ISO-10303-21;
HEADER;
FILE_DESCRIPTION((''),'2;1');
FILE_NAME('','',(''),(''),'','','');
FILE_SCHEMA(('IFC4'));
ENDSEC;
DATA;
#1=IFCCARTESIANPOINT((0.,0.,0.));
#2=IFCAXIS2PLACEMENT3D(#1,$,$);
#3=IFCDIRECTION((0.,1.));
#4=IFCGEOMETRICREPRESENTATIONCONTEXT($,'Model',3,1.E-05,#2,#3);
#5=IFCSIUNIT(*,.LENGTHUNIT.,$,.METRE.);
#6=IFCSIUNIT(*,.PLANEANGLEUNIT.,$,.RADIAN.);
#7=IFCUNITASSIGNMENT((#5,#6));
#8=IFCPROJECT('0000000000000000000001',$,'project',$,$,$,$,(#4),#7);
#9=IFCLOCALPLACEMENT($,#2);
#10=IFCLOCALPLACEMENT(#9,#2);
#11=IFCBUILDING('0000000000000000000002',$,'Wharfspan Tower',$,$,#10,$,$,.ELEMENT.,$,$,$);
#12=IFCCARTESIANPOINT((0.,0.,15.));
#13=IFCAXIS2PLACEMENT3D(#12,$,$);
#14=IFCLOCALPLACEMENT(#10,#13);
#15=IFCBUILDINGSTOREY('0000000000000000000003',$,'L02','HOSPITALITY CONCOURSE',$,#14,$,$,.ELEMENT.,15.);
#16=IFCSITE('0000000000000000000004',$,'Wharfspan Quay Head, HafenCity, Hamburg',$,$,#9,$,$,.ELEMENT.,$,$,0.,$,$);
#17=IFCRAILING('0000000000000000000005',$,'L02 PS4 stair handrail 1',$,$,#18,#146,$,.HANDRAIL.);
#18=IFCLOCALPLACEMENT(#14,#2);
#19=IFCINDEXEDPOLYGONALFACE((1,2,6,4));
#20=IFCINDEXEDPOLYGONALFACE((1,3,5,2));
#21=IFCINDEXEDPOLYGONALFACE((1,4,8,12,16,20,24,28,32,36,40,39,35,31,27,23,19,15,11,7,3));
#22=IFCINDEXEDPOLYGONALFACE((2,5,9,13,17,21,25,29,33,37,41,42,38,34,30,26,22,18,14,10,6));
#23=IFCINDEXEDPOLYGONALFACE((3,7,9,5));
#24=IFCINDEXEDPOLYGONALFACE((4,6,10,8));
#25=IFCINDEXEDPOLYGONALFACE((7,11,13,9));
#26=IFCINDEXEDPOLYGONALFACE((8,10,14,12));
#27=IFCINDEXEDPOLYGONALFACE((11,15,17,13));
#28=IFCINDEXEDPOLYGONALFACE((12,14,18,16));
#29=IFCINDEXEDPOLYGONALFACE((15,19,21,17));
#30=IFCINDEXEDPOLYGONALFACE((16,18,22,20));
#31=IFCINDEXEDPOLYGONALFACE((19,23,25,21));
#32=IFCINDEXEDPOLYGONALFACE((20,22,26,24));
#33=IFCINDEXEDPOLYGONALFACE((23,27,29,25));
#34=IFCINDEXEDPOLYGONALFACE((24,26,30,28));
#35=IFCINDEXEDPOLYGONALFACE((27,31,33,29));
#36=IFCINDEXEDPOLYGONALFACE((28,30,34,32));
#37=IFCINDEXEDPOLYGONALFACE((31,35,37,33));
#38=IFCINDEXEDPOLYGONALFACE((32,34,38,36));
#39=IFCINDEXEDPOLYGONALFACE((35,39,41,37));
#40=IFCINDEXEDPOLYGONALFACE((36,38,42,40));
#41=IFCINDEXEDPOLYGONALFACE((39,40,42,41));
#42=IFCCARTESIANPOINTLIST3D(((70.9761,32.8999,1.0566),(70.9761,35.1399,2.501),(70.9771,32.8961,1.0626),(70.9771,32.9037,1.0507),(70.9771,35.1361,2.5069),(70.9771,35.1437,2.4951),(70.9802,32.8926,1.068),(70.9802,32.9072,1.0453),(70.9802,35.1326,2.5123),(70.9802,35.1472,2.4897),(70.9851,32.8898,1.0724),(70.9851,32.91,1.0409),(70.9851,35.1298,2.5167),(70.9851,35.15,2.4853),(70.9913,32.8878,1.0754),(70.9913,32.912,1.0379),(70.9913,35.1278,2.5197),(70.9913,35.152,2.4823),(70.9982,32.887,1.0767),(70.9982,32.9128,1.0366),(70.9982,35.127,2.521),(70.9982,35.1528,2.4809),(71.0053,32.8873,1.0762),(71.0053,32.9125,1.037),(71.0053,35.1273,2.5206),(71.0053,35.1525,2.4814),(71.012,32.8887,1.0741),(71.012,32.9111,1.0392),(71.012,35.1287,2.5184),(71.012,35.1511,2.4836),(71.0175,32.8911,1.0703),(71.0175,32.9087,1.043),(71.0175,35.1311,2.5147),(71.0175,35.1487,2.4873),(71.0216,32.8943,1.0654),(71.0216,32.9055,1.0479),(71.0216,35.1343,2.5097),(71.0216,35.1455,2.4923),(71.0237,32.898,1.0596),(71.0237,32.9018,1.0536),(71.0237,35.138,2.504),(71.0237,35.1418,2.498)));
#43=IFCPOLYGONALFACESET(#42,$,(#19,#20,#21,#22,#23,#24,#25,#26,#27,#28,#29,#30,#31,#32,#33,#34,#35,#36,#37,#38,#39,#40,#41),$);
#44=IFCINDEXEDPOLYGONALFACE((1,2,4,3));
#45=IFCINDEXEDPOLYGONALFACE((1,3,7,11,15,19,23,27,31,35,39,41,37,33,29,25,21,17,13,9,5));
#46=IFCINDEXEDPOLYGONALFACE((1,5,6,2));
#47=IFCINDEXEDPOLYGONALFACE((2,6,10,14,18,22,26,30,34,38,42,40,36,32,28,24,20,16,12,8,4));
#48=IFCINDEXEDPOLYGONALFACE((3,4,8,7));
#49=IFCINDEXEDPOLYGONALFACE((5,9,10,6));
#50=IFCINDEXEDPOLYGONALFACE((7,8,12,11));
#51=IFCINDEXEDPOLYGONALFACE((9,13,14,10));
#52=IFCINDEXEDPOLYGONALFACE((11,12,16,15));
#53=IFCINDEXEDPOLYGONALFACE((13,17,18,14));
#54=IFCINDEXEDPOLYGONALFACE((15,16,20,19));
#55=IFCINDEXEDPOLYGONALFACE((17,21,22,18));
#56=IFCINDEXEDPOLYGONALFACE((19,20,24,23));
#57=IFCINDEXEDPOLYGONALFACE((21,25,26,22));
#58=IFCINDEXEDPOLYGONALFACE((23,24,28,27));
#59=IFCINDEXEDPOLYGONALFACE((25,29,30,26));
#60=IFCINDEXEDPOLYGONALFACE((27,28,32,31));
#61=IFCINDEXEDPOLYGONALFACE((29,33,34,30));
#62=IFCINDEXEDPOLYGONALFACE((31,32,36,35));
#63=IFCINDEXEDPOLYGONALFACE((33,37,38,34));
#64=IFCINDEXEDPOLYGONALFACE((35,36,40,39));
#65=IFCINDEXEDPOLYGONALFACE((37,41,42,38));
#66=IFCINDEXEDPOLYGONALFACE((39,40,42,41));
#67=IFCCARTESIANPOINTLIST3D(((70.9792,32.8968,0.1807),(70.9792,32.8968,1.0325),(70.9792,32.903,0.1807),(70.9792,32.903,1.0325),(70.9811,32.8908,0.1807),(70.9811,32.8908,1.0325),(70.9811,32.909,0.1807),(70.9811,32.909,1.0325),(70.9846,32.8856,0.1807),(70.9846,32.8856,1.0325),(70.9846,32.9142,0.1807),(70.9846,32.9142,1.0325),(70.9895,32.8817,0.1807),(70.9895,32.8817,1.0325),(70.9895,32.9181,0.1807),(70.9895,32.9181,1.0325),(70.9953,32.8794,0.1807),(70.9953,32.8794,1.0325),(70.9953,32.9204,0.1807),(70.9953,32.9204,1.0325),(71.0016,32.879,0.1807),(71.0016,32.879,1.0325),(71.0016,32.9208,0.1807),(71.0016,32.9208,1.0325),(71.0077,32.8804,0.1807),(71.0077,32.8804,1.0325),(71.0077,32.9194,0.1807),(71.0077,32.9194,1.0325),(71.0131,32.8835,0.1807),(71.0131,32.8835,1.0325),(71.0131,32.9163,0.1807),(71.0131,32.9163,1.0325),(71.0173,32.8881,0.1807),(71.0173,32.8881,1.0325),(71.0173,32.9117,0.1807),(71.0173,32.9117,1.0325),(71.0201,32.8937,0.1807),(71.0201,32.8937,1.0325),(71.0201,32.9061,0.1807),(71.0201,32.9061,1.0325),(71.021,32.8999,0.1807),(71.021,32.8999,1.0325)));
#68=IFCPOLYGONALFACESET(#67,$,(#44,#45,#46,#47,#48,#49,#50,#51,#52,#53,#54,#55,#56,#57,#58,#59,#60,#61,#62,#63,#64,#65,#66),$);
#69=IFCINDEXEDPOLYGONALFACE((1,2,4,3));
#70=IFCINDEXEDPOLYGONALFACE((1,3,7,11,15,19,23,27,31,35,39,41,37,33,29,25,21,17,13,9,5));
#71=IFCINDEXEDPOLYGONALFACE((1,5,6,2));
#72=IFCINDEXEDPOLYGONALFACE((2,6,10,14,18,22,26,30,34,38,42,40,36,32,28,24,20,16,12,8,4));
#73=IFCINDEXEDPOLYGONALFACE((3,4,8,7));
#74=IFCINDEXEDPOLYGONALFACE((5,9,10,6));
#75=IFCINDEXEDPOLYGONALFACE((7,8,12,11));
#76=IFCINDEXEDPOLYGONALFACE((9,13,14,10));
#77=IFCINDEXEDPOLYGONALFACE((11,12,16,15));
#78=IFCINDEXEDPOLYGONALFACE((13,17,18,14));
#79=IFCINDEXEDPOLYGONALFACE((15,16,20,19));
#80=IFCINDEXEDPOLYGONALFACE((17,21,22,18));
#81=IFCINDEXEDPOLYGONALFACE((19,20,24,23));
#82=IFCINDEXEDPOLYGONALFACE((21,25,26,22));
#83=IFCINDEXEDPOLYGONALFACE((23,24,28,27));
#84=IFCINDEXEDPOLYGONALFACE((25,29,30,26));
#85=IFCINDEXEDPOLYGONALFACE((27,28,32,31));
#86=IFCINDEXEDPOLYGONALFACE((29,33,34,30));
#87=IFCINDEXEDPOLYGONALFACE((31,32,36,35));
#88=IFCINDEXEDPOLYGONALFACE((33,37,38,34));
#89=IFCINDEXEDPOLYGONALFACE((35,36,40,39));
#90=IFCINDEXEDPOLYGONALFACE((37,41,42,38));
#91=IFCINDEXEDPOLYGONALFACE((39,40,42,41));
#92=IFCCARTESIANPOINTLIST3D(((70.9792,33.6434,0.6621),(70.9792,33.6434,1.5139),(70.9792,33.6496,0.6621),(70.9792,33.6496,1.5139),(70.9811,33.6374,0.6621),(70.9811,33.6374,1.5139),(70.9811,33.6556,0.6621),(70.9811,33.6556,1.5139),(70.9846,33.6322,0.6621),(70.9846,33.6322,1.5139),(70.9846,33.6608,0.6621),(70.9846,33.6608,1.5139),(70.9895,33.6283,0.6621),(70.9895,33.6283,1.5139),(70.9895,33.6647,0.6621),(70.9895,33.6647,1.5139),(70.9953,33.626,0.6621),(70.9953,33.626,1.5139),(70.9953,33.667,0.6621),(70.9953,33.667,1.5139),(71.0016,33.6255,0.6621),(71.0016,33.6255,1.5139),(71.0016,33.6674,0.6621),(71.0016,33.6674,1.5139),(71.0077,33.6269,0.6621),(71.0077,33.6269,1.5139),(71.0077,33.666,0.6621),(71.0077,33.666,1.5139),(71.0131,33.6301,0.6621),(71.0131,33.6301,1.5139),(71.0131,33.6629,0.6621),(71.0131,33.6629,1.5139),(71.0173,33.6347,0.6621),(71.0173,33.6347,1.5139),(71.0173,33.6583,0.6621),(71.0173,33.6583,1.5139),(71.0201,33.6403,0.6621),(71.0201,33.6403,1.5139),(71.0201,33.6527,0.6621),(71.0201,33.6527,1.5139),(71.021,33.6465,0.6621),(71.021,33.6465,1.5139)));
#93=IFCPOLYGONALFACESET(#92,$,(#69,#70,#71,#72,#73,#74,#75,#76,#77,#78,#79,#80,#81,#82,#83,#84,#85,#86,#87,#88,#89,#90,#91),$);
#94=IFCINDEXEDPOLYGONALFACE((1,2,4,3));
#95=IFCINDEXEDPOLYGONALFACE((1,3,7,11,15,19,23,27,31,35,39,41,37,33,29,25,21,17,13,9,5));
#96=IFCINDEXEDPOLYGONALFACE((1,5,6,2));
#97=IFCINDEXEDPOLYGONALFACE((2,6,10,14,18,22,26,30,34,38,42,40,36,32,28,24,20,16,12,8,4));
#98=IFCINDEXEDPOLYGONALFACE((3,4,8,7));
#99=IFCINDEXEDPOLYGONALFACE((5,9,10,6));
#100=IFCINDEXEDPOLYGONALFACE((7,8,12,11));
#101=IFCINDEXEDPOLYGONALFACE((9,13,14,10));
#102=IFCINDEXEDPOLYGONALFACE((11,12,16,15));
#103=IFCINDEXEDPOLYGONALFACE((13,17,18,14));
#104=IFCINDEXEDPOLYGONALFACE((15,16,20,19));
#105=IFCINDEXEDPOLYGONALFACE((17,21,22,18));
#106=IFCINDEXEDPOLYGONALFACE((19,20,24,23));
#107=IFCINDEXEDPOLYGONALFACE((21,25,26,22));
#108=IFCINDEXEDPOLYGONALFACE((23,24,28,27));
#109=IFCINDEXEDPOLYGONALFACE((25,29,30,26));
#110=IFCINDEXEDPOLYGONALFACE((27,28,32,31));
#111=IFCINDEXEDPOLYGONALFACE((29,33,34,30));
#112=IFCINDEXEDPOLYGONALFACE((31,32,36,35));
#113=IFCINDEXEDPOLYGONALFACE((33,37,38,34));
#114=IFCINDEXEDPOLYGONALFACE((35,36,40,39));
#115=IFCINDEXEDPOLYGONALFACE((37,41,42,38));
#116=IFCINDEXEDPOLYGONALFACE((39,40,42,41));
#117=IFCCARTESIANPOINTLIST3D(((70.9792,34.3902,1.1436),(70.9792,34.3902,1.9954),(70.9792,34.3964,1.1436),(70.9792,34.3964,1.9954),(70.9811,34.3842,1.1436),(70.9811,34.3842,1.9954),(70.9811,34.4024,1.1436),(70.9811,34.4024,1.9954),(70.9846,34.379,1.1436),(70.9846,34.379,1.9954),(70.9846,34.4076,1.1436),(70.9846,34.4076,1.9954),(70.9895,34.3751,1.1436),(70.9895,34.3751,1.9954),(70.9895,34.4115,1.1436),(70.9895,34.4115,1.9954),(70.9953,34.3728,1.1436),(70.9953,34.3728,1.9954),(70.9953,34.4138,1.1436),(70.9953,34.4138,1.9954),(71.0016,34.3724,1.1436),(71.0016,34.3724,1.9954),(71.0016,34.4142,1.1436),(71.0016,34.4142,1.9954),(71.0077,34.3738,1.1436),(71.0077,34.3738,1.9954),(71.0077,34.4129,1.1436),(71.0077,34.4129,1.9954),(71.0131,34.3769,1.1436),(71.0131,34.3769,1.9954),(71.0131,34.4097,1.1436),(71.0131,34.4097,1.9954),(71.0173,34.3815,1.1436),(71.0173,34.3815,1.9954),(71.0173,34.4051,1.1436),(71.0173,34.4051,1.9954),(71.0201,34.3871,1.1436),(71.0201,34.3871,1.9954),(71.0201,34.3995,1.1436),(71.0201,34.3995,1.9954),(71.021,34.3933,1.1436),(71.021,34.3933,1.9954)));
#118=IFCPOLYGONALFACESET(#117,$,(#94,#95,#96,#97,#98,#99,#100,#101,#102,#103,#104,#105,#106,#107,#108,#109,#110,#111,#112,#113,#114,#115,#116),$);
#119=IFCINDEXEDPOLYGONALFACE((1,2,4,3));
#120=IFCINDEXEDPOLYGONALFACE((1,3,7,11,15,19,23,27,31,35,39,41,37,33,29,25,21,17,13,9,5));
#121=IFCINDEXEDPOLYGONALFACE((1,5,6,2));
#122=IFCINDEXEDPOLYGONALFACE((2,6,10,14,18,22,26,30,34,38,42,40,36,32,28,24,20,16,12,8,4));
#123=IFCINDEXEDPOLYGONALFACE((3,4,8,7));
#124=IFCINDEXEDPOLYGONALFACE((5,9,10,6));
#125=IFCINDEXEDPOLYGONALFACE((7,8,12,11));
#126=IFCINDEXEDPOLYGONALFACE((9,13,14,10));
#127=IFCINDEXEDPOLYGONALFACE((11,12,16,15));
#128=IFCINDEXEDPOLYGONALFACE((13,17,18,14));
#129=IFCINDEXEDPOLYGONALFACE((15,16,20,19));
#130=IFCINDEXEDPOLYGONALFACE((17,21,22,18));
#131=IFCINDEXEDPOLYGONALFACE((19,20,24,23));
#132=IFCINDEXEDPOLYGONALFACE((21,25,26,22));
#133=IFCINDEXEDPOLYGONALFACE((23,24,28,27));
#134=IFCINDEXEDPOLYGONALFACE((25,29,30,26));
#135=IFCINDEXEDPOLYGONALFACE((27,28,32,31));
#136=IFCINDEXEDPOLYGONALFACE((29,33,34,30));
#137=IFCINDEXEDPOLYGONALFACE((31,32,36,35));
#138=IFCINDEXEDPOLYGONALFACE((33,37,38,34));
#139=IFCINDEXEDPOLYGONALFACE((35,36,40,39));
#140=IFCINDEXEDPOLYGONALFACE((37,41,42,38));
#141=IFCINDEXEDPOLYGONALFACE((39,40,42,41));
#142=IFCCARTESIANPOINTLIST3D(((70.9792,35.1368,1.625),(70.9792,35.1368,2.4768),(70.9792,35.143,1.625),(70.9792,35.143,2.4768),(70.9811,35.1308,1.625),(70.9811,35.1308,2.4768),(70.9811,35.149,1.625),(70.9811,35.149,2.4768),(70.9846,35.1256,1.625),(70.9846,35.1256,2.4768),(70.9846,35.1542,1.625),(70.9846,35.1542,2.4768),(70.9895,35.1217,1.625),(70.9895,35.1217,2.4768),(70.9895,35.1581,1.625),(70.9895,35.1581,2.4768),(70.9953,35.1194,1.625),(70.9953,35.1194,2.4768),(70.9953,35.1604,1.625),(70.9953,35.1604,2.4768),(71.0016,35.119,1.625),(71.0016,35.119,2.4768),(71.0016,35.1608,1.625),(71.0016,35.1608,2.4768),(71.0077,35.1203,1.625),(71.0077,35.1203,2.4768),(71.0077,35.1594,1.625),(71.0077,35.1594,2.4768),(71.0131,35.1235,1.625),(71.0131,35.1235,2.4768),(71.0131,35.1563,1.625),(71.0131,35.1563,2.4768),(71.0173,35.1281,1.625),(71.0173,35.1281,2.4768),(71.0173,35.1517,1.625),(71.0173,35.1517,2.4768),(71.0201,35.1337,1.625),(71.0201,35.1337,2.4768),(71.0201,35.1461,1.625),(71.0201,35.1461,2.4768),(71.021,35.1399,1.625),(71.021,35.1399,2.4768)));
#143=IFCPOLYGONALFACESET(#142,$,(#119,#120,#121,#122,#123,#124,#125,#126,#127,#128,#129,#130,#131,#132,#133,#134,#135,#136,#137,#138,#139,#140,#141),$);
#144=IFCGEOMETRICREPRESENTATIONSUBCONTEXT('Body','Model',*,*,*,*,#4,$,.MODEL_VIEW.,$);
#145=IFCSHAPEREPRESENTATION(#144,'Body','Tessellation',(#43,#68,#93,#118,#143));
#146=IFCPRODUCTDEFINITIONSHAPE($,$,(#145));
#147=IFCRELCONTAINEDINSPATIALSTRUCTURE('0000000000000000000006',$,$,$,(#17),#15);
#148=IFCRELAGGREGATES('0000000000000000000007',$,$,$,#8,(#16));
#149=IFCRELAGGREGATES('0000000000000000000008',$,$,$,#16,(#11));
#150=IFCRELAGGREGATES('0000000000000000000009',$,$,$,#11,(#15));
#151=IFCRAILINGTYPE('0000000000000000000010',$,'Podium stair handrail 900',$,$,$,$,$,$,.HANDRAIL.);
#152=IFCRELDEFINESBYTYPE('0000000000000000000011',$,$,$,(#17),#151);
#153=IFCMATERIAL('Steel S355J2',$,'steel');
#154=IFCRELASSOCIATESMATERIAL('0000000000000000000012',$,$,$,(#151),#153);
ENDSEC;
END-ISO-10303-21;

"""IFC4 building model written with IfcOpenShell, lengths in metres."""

from ifc_helpers import new_model, si_unit, direction, frame, origin, origin_2d, place, context, subcontext, project, spatial, circle, extrude, material, type_object, element, save


model = new_model("IFC4")

# Units and contexts
model_context = context("Model", 3, precision=1e-05, world=origin(), true_north=direction((0.0, 1.0)))
body_context = subcontext(model_context, "Body", "Model", "MODEL_VIEW")
ifc_project = project(units=[si_unit("LENGTHUNIT", "METRE"), si_unit("PLANEANGLEUNIT", "RADIAN")], contexts=[model_context])

# Site, building, storey
site_placement = place(None, origin())
site = spatial("IfcSite", under=ifc_project, at=site_placement, Name="Wharfspan Quay Head, HafenCity, Hamburg", CompositionType="ELEMENT", RefElevation=0.0)
building_placement = place(site_placement, origin())
building = spatial("IfcBuilding", under=site, at=building_placement, Name="Wharfspan Tower", CompositionType="ELEMENT")
storey_placement = place(building_placement, frame((0.0, 0.0, 15.0)))
storey = spatial("IfcBuildingStorey", under=building, at=storey_placement, Name="L02", Description="HOSPITALITY CONCOURSE", CompositionType="ELEMENT", Elevation=15.0)

# Railing
ifc_material_1 = material(Name="Steel S355J2", Category="steel")
railing_type_1 = type_object("IfcRailingType", Name="Podium stair handrail 900", PredefinedType="HANDRAIL", material=ifc_material_1)
railing_1_placement = place(storey_placement, frame((71.0, 32.8999, 0.1807)))
element("IfcRailing", 1, at=railing_1_placement, inside=storey, type_object=railing_type_1, Name="L02 PS4 stair handrail 1", PredefinedType="HANDRAIL", context=body_context, shape_type="SweptSolid", body=[
    extrude(circle(Radius=0.0239, at=origin_2d()), frame((0.0, 0.0, 0.876), z_axis=(0.0, 0.840437, 0.54191), x_axis=(-1.0, 0.0, 0.0)), (0.0, 0.0, 1.0), 2.6653),
    extrude(circle(Radius=0.021, at=origin_2d()), origin(), (0.0, 0.0, 1.0), 0.8518),
    extrude(circle(Radius=0.021, at=origin_2d()), frame((0.0, 0.7466, 0.4814)), (0.0, 0.0, 1.0), 0.8518),
    extrude(circle(Radius=0.021, at=origin_2d()), frame((0.0, 1.4934, 0.9629)), (0.0, 0.0, 1.0), 0.8518),
    extrude(circle(Radius=0.021, at=origin_2d()), frame((0.0, 2.24, 1.4443)), (0.0, 0.0, 1.0), 0.8518),
])

save(model, "model.ifc")
